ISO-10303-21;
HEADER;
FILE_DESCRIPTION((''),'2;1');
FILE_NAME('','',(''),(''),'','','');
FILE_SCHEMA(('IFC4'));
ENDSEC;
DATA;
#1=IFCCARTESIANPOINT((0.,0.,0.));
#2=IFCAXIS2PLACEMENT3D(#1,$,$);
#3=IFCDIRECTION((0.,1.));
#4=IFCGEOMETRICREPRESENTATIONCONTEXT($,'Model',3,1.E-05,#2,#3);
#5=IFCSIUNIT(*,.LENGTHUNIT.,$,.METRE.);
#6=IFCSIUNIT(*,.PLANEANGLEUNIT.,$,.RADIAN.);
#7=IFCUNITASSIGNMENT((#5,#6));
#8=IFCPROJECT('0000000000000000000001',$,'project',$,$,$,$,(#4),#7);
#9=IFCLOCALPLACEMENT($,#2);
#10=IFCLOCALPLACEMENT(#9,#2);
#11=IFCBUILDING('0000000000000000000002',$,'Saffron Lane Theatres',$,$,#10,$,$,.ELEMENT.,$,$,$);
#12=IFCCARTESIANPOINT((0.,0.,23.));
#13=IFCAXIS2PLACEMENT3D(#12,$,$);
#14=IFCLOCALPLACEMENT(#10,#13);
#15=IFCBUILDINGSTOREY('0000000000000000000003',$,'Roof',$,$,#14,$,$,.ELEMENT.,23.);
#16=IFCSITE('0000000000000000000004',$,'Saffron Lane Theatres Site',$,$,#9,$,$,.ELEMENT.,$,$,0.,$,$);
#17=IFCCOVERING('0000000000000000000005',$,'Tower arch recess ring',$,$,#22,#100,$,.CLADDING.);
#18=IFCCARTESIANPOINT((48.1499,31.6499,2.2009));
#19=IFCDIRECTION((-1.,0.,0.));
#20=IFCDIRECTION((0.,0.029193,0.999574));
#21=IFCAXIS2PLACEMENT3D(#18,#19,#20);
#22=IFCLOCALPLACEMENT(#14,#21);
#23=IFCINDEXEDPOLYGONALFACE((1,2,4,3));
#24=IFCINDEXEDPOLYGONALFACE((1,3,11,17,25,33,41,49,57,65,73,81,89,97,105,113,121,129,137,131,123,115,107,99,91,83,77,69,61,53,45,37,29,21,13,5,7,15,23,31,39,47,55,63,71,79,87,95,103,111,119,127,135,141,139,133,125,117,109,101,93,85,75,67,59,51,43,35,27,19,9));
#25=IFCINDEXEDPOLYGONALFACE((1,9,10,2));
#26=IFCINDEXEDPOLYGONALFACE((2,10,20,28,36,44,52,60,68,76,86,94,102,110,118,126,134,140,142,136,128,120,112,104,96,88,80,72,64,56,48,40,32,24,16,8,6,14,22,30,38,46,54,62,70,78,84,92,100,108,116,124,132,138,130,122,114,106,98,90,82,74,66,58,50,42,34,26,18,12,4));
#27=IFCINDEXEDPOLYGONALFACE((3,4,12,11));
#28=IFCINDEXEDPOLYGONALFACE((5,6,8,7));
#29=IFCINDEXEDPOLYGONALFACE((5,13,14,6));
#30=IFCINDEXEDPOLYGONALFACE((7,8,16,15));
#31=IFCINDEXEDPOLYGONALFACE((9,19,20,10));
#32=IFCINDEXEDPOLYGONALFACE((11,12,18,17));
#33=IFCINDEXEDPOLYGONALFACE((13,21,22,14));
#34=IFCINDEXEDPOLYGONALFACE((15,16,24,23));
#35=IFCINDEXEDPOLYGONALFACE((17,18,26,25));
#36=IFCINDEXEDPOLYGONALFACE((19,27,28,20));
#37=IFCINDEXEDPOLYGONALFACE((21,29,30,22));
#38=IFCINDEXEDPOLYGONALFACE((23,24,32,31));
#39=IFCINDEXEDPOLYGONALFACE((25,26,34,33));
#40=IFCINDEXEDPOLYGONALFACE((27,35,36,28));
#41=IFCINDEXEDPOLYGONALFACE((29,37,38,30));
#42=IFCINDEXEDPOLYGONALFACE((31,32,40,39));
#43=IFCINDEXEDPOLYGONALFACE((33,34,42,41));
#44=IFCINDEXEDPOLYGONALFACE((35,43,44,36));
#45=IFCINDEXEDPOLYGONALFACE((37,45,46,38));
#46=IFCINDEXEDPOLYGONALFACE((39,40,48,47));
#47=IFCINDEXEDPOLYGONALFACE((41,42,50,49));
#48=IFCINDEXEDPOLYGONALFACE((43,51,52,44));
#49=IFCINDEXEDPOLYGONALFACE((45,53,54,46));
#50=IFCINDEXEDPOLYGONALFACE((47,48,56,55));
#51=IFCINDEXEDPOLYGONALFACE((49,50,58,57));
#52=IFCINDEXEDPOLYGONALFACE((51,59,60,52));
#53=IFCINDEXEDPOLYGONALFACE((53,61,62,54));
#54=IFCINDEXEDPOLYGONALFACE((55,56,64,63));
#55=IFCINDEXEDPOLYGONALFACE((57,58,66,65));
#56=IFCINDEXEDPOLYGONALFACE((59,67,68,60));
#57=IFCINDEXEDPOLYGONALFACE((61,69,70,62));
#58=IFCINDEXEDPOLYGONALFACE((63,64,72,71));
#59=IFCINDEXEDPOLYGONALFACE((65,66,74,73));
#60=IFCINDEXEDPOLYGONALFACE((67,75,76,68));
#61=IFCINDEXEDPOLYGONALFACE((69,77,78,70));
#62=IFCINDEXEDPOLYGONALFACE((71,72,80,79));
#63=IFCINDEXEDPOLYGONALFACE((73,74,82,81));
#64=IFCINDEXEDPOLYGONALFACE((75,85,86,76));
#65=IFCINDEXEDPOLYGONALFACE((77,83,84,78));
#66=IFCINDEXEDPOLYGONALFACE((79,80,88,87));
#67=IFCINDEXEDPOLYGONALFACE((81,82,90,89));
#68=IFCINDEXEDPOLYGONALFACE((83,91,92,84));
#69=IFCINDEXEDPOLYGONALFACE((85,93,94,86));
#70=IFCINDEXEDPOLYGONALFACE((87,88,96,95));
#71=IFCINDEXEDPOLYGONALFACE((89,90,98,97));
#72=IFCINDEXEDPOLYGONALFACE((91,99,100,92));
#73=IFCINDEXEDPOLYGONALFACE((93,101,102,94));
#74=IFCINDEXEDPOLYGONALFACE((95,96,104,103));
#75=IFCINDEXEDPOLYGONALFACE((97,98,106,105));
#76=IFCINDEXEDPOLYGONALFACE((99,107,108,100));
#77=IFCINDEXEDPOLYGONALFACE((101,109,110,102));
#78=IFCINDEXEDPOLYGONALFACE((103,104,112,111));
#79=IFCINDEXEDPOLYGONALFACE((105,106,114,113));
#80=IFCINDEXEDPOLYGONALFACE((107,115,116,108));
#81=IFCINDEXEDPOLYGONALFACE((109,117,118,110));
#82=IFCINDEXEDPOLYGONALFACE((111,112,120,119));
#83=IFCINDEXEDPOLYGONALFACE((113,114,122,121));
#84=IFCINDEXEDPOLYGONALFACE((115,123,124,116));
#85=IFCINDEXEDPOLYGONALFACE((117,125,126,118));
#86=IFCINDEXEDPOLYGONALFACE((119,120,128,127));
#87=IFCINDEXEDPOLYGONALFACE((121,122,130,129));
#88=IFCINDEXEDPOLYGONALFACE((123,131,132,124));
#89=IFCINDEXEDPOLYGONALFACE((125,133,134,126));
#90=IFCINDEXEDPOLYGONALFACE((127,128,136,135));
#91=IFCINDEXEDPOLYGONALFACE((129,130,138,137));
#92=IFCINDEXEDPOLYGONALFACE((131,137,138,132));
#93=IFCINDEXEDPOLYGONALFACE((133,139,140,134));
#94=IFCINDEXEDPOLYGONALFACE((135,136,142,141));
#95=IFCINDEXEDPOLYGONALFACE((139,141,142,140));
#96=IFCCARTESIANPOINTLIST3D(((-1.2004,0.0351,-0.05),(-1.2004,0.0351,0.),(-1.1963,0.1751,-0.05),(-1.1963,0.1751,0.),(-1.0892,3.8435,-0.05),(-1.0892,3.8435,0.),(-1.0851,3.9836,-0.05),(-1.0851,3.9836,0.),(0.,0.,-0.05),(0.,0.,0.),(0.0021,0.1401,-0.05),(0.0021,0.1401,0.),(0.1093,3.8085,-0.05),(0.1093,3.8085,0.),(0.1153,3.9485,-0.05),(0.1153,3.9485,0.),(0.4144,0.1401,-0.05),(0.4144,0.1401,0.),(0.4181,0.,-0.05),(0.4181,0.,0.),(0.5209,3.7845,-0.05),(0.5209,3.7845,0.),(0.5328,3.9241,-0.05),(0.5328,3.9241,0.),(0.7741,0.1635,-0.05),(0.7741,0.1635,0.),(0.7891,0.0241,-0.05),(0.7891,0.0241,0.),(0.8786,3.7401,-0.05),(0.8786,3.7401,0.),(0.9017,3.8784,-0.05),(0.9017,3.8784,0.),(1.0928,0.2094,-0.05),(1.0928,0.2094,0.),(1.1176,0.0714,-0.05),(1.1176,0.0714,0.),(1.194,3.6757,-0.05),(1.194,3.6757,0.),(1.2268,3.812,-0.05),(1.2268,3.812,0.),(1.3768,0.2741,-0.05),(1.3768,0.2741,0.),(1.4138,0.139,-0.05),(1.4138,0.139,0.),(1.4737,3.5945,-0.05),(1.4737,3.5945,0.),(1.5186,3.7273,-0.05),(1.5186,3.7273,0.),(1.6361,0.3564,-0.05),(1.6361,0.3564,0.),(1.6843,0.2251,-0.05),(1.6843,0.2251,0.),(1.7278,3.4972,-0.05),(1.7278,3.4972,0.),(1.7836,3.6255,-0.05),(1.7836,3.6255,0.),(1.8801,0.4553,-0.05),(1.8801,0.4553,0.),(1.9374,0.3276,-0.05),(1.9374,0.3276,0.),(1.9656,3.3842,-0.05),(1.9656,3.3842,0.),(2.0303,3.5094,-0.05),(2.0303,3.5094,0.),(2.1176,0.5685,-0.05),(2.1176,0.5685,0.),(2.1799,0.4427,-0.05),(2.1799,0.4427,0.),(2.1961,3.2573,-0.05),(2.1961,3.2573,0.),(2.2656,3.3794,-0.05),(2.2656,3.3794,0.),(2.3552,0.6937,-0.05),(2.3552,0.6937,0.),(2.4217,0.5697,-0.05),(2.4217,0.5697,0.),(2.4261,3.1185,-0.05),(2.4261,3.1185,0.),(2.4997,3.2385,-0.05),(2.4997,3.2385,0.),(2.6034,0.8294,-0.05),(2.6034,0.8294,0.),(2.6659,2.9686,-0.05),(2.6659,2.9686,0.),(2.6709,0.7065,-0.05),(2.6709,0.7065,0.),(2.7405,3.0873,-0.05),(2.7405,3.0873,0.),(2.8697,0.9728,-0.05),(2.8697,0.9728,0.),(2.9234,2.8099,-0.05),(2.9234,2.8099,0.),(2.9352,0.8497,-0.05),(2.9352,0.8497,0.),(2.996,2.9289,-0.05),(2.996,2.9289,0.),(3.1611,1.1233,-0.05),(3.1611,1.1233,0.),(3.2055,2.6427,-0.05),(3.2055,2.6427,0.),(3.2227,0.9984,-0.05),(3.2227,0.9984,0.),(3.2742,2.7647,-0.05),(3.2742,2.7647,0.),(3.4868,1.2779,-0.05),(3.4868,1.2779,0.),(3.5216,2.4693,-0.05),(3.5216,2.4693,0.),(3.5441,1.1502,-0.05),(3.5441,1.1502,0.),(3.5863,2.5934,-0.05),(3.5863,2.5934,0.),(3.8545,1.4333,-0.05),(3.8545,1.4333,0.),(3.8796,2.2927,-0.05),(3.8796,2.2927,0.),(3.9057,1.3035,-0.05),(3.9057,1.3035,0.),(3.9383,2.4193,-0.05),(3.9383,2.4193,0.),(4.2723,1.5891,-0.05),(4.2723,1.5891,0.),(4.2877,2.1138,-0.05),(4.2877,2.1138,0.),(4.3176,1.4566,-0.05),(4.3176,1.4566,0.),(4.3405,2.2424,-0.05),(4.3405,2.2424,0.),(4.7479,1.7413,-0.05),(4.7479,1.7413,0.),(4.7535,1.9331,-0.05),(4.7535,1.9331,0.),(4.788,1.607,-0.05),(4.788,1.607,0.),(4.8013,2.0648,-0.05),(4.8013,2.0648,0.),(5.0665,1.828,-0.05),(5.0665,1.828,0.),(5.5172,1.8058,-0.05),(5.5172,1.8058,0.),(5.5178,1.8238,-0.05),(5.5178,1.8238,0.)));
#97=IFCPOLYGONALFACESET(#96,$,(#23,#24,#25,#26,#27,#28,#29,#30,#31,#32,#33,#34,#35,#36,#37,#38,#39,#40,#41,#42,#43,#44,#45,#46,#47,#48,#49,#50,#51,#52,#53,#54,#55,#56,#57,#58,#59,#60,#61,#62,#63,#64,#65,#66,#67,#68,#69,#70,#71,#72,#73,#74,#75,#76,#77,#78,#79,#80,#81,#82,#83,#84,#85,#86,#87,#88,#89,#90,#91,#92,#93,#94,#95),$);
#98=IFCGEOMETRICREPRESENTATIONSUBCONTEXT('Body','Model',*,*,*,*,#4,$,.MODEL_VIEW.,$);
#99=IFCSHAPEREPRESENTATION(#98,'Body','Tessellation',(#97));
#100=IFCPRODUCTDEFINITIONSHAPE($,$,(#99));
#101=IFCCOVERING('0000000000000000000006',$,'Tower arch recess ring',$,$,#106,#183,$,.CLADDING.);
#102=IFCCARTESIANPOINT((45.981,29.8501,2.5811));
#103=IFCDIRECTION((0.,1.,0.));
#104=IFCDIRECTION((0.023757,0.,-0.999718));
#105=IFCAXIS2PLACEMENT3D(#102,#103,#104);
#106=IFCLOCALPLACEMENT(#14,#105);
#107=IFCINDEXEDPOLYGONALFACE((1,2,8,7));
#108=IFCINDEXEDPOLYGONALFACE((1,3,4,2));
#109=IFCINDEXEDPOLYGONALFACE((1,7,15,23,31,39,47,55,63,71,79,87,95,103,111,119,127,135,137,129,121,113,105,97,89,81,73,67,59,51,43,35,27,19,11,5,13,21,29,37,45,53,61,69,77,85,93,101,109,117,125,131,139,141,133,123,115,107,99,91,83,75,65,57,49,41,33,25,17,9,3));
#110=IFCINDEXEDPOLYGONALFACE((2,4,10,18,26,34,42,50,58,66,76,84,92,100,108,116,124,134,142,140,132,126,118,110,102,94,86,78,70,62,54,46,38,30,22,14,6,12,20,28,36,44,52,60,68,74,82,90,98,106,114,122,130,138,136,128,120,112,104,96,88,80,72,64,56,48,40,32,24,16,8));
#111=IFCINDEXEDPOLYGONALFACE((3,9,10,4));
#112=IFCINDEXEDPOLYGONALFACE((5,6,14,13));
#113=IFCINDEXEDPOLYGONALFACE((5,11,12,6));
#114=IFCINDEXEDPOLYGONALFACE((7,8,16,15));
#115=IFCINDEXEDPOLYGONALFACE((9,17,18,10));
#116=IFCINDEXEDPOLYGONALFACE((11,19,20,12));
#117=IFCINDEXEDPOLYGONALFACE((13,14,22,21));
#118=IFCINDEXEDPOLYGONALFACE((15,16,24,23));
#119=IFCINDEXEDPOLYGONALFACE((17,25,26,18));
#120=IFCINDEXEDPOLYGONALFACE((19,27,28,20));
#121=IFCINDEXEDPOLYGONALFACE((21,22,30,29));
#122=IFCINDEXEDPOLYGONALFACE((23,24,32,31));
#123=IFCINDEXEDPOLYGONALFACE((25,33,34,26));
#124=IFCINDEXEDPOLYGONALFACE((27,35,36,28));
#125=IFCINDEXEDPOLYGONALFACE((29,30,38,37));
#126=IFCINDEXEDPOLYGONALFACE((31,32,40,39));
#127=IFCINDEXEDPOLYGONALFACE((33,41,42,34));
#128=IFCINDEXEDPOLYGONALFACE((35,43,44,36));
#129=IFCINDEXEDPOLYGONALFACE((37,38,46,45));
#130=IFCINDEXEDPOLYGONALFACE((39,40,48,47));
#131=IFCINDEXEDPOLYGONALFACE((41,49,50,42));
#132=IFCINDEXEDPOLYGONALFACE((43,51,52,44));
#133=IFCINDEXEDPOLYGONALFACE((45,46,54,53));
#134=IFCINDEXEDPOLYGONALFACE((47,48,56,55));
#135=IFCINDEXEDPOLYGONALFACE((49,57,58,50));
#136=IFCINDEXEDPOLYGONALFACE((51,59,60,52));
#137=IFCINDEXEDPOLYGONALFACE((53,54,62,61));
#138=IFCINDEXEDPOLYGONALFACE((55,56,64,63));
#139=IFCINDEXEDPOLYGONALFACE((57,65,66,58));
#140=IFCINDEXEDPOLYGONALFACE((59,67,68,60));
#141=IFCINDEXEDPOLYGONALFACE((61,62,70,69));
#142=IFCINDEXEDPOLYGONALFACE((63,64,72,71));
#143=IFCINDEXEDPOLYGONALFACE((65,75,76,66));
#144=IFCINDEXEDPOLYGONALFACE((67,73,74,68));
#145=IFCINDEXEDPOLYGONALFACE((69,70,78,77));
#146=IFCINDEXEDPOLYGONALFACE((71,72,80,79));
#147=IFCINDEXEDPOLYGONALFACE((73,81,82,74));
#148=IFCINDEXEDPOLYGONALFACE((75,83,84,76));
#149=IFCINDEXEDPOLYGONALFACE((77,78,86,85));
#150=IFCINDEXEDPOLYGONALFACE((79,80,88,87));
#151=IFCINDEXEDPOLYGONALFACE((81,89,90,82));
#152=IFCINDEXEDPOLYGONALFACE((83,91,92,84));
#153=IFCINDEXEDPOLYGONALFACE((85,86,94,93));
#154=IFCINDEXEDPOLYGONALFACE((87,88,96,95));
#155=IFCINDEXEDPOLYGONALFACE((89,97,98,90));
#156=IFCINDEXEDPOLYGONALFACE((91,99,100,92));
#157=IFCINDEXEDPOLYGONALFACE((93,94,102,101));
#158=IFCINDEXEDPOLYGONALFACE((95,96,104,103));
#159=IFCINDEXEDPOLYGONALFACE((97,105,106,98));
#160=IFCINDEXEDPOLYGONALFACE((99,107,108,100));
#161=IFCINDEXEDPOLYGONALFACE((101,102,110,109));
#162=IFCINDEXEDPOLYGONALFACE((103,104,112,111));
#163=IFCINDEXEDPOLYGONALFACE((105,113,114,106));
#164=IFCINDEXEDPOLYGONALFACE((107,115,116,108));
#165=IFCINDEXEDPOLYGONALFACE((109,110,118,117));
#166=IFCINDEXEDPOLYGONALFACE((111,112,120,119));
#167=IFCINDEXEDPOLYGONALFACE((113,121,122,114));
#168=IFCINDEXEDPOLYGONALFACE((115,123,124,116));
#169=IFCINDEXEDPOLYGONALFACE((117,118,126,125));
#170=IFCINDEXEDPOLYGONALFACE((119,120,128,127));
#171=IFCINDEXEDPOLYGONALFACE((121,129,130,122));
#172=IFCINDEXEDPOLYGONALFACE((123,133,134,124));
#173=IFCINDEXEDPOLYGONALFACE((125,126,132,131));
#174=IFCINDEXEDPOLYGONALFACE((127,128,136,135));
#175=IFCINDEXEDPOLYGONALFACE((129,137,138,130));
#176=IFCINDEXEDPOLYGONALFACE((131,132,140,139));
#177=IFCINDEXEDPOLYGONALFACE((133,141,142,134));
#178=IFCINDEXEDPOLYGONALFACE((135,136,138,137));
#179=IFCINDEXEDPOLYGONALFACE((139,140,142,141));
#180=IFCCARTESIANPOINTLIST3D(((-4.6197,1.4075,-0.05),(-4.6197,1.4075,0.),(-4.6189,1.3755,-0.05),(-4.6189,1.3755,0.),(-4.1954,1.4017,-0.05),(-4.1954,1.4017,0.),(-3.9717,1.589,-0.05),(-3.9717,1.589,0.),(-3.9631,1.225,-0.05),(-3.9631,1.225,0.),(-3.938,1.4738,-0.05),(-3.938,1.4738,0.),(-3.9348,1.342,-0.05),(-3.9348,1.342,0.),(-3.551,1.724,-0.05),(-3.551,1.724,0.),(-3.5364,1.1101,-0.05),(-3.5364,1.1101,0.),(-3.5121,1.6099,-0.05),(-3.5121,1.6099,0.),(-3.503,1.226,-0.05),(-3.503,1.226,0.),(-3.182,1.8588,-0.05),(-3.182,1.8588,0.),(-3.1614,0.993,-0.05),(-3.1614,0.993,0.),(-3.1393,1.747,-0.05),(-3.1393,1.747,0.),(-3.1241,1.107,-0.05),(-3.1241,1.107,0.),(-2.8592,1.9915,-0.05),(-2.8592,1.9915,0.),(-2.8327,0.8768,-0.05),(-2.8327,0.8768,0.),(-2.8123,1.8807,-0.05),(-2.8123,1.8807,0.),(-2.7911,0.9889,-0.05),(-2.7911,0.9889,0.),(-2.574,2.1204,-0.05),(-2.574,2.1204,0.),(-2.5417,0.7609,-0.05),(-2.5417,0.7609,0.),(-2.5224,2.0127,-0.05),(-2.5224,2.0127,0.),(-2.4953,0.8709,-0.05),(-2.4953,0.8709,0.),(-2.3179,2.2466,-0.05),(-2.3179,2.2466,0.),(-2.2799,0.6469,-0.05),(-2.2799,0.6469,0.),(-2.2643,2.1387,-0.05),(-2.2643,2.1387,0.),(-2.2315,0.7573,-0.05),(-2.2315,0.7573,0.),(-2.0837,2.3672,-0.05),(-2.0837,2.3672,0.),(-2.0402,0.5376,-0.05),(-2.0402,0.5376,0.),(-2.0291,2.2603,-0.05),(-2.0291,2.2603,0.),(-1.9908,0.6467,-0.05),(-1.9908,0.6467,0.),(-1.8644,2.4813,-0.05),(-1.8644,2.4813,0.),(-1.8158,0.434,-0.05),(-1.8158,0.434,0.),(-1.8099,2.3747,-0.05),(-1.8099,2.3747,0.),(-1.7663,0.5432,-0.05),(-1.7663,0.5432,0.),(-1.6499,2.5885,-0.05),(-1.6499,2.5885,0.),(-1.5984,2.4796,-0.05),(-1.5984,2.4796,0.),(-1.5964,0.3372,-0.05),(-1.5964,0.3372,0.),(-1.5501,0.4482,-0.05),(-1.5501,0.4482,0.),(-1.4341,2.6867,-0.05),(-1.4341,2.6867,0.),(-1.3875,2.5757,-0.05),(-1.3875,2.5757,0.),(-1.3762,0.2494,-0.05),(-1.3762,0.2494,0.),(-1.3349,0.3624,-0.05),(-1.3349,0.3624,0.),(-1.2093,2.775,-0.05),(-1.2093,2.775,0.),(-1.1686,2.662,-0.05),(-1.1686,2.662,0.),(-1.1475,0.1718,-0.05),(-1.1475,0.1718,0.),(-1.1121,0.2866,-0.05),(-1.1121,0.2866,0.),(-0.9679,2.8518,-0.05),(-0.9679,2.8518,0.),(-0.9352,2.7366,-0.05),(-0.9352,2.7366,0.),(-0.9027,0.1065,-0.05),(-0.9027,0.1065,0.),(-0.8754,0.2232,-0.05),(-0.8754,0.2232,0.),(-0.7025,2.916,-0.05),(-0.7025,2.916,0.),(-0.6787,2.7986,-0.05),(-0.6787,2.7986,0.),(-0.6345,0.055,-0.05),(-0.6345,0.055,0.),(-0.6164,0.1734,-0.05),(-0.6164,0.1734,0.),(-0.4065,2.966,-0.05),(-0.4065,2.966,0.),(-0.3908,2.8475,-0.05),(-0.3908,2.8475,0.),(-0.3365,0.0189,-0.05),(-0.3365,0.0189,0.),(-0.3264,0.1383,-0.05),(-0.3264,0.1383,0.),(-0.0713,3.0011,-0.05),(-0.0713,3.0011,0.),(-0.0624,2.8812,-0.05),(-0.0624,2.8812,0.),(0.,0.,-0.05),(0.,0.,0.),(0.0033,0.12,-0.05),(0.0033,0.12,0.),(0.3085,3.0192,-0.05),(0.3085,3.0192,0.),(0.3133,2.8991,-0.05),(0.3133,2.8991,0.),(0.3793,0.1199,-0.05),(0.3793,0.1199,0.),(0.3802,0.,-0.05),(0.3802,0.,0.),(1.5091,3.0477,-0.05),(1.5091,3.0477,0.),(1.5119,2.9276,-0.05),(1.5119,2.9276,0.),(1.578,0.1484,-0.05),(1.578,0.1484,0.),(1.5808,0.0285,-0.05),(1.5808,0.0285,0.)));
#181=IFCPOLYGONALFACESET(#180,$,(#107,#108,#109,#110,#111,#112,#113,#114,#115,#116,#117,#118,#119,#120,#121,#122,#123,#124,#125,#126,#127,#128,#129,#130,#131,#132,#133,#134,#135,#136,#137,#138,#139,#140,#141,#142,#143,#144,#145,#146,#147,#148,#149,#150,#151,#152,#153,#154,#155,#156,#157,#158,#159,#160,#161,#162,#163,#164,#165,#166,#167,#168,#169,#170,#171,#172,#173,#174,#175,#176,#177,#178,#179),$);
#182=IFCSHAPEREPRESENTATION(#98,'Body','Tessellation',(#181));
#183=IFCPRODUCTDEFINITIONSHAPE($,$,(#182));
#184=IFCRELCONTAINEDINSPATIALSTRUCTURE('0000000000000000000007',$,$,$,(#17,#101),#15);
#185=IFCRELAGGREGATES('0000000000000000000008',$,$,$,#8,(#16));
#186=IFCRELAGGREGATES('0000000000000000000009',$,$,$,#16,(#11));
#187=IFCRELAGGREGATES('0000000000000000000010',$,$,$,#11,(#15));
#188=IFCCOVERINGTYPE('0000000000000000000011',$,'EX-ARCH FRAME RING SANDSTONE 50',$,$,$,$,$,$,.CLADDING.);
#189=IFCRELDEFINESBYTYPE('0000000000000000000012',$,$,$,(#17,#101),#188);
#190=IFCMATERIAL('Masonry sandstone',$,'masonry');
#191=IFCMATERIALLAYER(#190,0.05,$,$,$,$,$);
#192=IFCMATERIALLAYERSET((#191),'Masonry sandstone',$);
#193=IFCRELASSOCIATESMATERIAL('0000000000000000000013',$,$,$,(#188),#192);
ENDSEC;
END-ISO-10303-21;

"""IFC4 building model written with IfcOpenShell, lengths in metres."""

from ifc_helpers import new_model, si_unit, direction, frame, origin, place, context, subcontext, project, spatial, polyline, outline, extrude, material, layer, layer_set, type_object, element, save


model = new_model("IFC4")

# Units and contexts
model_context = context("Model", 3, precision=1e-05, world=origin(), true_north=direction((0.0, 1.0)))
body_context = subcontext(model_context, "Body", "Model", "MODEL_VIEW")
ifc_project = project(units=[si_unit("LENGTHUNIT", "METRE"), si_unit("PLANEANGLEUNIT", "RADIAN")], contexts=[model_context])

# Site, building, storey
site_placement = place(None, origin())
site = spatial("IfcSite", under=ifc_project, at=site_placement, Name="Saffron Lane Theatres Site", CompositionType="ELEMENT", RefElevation=0.0)
building_placement = place(site_placement, origin())
building = spatial("IfcBuilding", under=site, at=building_placement, Name="Saffron Lane Theatres", CompositionType="ELEMENT")
storey_placement = place(building_placement, frame((0.0, 0.0, 23.0)))
storey = spatial("IfcBuildingStorey", under=building, at=storey_placement, Name="Roof", CompositionType="ELEMENT", Elevation=23.0)

# Coverings
ifc_material_1 = material(Name="Masonry sandstone", Category="masonry")
ifc_layer_1 = layer(ifc_material_1, 0.05)
ifc_layer_set_1 = layer_set([ifc_layer_1], Name="Masonry sandstone")
covering_type_1 = type_object("IfcCoveringType", Name="EX-ARCH FRAME RING SANDSTONE 50", PredefinedType="CLADDING", material=ifc_layer_set_1)
covering_1_placement = place(storey_placement, frame((48.1499, 31.6499, 2.2009), z_axis=(-1.0, 0.0, 0.0), x_axis=(0.0, 0.029193, 0.999574)))
element("IfcCovering", 1, at=covering_1_placement, inside=storey, type_object=covering_type_1, Name="Tower arch recess ring", PredefinedType="CLADDING", context=body_context, shape_type="SweptSolid", body=[
    extrude(outline(polyline([(0.0, 0.0), (0.4181, 0.0), (0.7891, 0.0241), (1.1176, 0.0714), (1.4138, 0.139), (1.6843, 0.2251), (1.9374, 0.3276), (2.1799, 0.4427), (2.4217, 0.5697), (2.6709, 0.7065), (2.9352, 0.8497), (3.2227, 0.9984), (3.5441, 1.1502), (3.9057, 1.3035), (4.3176, 1.4566), (4.788, 1.607), (5.5172, 1.8058), (5.5178, 1.8238), (4.8013, 2.0648), (4.3405, 2.2424), (3.9383, 2.4193), (3.5863, 2.5934), (3.2742, 2.7647), (2.996, 2.9289), (2.7405, 3.0873), (2.4997, 3.2385), (2.2656, 3.3794), (2.0303, 3.5094), (1.7836, 3.6255), (1.5186, 3.7273), (1.2268, 3.812), (0.9017, 3.8784), (0.5328, 3.9241), (0.1153, 3.9485), (-1.0851, 3.9836), (-1.0892, 3.8435), (0.1093, 3.8085), (0.5209, 3.7845), (0.8786, 3.7401), (1.194, 3.6757), (1.4737, 3.5945), (1.7278, 3.4972), (1.9656, 3.3842), (2.1961, 3.2573), (2.4261, 3.1185), (2.6659, 2.9686), (2.9234, 2.8099), (3.2055, 2.6427), (3.5216, 2.4693), (3.8796, 2.2927), (4.2877, 2.1138), (4.7535, 1.9331), (5.0665, 1.828), (4.7479, 1.7413), (4.2723, 1.5891), (3.8545, 1.4333), (3.4868, 1.2779), (3.1611, 1.1233), (2.8697, 0.9728), (2.6034, 0.8294), (2.3552, 0.6937), (2.1176, 0.5685), (1.8801, 0.4553), (1.6361, 0.3564), (1.3768, 0.2741), (1.0928, 0.2094), (0.7741, 0.1635), (0.4144, 0.1401), (0.0021, 0.1401), (-1.1963, 0.1751), (-1.2004, 0.0351), (0.0, 0.0)])), origin(), (0.0, 0.0, -1.0), 0.05),
])
covering_2_placement = place(storey_placement, frame((45.981, 29.8501, 2.5811), z_axis=(0.0, 1.0, 0.0), x_axis=(0.023757, 0.0, -0.999718)))
element("IfcCovering", 2, at=covering_2_placement, inside=storey, type_object=covering_type_1, Name="Tower arch recess ring", PredefinedType="CLADDING", context=body_context, shape_type="SweptSolid", body=[
    extrude(outline(polyline([(0.0, 0.0), (0.3802, 0.0), (1.5808, 0.0285), (1.578, 0.1484), (0.3793, 0.1199), (0.0033, 0.12), (-0.3264, 0.1383), (-0.6164, 0.1734), (-0.8754, 0.2232), (-1.1121, 0.2866), (-1.3349, 0.3624), (-1.5501, 0.4482), (-1.7663, 0.5432), (-1.9908, 0.6467), (-2.2315, 0.7573), (-2.4953, 0.8709), (-2.7911, 0.9889), (-3.1241, 1.107), (-3.503, 1.226), (-3.9348, 1.342), (-4.1954, 1.4017), (-3.938, 1.4738), (-3.5121, 1.6099), (-3.1393, 1.747), (-2.8123, 1.8807), (-2.5224, 2.0127), (-2.2643, 2.1387), (-2.0291, 2.2603), (-1.8099, 2.3747), (-1.5984, 2.4796), (-1.3875, 2.5757), (-1.1686, 2.662), (-0.9352, 2.7366), (-0.6787, 2.7986), (-0.3908, 2.8475), (-0.0624, 2.8812), (0.3133, 2.8991), (1.5119, 2.9276), (1.5091, 3.0477), (0.3085, 3.0192), (-0.0713, 3.0011), (-0.4065, 2.966), (-0.7025, 2.916), (-0.9679, 2.8518), (-1.2093, 2.775), (-1.4341, 2.6867), (-1.6499, 2.5885), (-1.8644, 2.4813), (-2.0837, 2.3672), (-2.3179, 2.2466), (-2.574, 2.1204), (-2.8592, 1.9915), (-3.182, 1.8588), (-3.551, 1.724), (-3.9717, 1.589), (-4.6197, 1.4075), (-4.6189, 1.3755), (-3.9631, 1.225), (-3.5364, 1.1101), (-3.1614, 0.993), (-2.8327, 0.8768), (-2.5417, 0.7609), (-2.2799, 0.6469), (-2.0402, 0.5376), (-1.8158, 0.434), (-1.5964, 0.3372), (-1.3762, 0.2494), (-1.1475, 0.1718), (-0.9027, 0.1065), (-0.6345, 0.055), (-0.3365, 0.0189), (0.0, 0.0)])), origin(), (0.0, 0.0, -1.0), 0.05),
])

save(model, "model.ifc")
